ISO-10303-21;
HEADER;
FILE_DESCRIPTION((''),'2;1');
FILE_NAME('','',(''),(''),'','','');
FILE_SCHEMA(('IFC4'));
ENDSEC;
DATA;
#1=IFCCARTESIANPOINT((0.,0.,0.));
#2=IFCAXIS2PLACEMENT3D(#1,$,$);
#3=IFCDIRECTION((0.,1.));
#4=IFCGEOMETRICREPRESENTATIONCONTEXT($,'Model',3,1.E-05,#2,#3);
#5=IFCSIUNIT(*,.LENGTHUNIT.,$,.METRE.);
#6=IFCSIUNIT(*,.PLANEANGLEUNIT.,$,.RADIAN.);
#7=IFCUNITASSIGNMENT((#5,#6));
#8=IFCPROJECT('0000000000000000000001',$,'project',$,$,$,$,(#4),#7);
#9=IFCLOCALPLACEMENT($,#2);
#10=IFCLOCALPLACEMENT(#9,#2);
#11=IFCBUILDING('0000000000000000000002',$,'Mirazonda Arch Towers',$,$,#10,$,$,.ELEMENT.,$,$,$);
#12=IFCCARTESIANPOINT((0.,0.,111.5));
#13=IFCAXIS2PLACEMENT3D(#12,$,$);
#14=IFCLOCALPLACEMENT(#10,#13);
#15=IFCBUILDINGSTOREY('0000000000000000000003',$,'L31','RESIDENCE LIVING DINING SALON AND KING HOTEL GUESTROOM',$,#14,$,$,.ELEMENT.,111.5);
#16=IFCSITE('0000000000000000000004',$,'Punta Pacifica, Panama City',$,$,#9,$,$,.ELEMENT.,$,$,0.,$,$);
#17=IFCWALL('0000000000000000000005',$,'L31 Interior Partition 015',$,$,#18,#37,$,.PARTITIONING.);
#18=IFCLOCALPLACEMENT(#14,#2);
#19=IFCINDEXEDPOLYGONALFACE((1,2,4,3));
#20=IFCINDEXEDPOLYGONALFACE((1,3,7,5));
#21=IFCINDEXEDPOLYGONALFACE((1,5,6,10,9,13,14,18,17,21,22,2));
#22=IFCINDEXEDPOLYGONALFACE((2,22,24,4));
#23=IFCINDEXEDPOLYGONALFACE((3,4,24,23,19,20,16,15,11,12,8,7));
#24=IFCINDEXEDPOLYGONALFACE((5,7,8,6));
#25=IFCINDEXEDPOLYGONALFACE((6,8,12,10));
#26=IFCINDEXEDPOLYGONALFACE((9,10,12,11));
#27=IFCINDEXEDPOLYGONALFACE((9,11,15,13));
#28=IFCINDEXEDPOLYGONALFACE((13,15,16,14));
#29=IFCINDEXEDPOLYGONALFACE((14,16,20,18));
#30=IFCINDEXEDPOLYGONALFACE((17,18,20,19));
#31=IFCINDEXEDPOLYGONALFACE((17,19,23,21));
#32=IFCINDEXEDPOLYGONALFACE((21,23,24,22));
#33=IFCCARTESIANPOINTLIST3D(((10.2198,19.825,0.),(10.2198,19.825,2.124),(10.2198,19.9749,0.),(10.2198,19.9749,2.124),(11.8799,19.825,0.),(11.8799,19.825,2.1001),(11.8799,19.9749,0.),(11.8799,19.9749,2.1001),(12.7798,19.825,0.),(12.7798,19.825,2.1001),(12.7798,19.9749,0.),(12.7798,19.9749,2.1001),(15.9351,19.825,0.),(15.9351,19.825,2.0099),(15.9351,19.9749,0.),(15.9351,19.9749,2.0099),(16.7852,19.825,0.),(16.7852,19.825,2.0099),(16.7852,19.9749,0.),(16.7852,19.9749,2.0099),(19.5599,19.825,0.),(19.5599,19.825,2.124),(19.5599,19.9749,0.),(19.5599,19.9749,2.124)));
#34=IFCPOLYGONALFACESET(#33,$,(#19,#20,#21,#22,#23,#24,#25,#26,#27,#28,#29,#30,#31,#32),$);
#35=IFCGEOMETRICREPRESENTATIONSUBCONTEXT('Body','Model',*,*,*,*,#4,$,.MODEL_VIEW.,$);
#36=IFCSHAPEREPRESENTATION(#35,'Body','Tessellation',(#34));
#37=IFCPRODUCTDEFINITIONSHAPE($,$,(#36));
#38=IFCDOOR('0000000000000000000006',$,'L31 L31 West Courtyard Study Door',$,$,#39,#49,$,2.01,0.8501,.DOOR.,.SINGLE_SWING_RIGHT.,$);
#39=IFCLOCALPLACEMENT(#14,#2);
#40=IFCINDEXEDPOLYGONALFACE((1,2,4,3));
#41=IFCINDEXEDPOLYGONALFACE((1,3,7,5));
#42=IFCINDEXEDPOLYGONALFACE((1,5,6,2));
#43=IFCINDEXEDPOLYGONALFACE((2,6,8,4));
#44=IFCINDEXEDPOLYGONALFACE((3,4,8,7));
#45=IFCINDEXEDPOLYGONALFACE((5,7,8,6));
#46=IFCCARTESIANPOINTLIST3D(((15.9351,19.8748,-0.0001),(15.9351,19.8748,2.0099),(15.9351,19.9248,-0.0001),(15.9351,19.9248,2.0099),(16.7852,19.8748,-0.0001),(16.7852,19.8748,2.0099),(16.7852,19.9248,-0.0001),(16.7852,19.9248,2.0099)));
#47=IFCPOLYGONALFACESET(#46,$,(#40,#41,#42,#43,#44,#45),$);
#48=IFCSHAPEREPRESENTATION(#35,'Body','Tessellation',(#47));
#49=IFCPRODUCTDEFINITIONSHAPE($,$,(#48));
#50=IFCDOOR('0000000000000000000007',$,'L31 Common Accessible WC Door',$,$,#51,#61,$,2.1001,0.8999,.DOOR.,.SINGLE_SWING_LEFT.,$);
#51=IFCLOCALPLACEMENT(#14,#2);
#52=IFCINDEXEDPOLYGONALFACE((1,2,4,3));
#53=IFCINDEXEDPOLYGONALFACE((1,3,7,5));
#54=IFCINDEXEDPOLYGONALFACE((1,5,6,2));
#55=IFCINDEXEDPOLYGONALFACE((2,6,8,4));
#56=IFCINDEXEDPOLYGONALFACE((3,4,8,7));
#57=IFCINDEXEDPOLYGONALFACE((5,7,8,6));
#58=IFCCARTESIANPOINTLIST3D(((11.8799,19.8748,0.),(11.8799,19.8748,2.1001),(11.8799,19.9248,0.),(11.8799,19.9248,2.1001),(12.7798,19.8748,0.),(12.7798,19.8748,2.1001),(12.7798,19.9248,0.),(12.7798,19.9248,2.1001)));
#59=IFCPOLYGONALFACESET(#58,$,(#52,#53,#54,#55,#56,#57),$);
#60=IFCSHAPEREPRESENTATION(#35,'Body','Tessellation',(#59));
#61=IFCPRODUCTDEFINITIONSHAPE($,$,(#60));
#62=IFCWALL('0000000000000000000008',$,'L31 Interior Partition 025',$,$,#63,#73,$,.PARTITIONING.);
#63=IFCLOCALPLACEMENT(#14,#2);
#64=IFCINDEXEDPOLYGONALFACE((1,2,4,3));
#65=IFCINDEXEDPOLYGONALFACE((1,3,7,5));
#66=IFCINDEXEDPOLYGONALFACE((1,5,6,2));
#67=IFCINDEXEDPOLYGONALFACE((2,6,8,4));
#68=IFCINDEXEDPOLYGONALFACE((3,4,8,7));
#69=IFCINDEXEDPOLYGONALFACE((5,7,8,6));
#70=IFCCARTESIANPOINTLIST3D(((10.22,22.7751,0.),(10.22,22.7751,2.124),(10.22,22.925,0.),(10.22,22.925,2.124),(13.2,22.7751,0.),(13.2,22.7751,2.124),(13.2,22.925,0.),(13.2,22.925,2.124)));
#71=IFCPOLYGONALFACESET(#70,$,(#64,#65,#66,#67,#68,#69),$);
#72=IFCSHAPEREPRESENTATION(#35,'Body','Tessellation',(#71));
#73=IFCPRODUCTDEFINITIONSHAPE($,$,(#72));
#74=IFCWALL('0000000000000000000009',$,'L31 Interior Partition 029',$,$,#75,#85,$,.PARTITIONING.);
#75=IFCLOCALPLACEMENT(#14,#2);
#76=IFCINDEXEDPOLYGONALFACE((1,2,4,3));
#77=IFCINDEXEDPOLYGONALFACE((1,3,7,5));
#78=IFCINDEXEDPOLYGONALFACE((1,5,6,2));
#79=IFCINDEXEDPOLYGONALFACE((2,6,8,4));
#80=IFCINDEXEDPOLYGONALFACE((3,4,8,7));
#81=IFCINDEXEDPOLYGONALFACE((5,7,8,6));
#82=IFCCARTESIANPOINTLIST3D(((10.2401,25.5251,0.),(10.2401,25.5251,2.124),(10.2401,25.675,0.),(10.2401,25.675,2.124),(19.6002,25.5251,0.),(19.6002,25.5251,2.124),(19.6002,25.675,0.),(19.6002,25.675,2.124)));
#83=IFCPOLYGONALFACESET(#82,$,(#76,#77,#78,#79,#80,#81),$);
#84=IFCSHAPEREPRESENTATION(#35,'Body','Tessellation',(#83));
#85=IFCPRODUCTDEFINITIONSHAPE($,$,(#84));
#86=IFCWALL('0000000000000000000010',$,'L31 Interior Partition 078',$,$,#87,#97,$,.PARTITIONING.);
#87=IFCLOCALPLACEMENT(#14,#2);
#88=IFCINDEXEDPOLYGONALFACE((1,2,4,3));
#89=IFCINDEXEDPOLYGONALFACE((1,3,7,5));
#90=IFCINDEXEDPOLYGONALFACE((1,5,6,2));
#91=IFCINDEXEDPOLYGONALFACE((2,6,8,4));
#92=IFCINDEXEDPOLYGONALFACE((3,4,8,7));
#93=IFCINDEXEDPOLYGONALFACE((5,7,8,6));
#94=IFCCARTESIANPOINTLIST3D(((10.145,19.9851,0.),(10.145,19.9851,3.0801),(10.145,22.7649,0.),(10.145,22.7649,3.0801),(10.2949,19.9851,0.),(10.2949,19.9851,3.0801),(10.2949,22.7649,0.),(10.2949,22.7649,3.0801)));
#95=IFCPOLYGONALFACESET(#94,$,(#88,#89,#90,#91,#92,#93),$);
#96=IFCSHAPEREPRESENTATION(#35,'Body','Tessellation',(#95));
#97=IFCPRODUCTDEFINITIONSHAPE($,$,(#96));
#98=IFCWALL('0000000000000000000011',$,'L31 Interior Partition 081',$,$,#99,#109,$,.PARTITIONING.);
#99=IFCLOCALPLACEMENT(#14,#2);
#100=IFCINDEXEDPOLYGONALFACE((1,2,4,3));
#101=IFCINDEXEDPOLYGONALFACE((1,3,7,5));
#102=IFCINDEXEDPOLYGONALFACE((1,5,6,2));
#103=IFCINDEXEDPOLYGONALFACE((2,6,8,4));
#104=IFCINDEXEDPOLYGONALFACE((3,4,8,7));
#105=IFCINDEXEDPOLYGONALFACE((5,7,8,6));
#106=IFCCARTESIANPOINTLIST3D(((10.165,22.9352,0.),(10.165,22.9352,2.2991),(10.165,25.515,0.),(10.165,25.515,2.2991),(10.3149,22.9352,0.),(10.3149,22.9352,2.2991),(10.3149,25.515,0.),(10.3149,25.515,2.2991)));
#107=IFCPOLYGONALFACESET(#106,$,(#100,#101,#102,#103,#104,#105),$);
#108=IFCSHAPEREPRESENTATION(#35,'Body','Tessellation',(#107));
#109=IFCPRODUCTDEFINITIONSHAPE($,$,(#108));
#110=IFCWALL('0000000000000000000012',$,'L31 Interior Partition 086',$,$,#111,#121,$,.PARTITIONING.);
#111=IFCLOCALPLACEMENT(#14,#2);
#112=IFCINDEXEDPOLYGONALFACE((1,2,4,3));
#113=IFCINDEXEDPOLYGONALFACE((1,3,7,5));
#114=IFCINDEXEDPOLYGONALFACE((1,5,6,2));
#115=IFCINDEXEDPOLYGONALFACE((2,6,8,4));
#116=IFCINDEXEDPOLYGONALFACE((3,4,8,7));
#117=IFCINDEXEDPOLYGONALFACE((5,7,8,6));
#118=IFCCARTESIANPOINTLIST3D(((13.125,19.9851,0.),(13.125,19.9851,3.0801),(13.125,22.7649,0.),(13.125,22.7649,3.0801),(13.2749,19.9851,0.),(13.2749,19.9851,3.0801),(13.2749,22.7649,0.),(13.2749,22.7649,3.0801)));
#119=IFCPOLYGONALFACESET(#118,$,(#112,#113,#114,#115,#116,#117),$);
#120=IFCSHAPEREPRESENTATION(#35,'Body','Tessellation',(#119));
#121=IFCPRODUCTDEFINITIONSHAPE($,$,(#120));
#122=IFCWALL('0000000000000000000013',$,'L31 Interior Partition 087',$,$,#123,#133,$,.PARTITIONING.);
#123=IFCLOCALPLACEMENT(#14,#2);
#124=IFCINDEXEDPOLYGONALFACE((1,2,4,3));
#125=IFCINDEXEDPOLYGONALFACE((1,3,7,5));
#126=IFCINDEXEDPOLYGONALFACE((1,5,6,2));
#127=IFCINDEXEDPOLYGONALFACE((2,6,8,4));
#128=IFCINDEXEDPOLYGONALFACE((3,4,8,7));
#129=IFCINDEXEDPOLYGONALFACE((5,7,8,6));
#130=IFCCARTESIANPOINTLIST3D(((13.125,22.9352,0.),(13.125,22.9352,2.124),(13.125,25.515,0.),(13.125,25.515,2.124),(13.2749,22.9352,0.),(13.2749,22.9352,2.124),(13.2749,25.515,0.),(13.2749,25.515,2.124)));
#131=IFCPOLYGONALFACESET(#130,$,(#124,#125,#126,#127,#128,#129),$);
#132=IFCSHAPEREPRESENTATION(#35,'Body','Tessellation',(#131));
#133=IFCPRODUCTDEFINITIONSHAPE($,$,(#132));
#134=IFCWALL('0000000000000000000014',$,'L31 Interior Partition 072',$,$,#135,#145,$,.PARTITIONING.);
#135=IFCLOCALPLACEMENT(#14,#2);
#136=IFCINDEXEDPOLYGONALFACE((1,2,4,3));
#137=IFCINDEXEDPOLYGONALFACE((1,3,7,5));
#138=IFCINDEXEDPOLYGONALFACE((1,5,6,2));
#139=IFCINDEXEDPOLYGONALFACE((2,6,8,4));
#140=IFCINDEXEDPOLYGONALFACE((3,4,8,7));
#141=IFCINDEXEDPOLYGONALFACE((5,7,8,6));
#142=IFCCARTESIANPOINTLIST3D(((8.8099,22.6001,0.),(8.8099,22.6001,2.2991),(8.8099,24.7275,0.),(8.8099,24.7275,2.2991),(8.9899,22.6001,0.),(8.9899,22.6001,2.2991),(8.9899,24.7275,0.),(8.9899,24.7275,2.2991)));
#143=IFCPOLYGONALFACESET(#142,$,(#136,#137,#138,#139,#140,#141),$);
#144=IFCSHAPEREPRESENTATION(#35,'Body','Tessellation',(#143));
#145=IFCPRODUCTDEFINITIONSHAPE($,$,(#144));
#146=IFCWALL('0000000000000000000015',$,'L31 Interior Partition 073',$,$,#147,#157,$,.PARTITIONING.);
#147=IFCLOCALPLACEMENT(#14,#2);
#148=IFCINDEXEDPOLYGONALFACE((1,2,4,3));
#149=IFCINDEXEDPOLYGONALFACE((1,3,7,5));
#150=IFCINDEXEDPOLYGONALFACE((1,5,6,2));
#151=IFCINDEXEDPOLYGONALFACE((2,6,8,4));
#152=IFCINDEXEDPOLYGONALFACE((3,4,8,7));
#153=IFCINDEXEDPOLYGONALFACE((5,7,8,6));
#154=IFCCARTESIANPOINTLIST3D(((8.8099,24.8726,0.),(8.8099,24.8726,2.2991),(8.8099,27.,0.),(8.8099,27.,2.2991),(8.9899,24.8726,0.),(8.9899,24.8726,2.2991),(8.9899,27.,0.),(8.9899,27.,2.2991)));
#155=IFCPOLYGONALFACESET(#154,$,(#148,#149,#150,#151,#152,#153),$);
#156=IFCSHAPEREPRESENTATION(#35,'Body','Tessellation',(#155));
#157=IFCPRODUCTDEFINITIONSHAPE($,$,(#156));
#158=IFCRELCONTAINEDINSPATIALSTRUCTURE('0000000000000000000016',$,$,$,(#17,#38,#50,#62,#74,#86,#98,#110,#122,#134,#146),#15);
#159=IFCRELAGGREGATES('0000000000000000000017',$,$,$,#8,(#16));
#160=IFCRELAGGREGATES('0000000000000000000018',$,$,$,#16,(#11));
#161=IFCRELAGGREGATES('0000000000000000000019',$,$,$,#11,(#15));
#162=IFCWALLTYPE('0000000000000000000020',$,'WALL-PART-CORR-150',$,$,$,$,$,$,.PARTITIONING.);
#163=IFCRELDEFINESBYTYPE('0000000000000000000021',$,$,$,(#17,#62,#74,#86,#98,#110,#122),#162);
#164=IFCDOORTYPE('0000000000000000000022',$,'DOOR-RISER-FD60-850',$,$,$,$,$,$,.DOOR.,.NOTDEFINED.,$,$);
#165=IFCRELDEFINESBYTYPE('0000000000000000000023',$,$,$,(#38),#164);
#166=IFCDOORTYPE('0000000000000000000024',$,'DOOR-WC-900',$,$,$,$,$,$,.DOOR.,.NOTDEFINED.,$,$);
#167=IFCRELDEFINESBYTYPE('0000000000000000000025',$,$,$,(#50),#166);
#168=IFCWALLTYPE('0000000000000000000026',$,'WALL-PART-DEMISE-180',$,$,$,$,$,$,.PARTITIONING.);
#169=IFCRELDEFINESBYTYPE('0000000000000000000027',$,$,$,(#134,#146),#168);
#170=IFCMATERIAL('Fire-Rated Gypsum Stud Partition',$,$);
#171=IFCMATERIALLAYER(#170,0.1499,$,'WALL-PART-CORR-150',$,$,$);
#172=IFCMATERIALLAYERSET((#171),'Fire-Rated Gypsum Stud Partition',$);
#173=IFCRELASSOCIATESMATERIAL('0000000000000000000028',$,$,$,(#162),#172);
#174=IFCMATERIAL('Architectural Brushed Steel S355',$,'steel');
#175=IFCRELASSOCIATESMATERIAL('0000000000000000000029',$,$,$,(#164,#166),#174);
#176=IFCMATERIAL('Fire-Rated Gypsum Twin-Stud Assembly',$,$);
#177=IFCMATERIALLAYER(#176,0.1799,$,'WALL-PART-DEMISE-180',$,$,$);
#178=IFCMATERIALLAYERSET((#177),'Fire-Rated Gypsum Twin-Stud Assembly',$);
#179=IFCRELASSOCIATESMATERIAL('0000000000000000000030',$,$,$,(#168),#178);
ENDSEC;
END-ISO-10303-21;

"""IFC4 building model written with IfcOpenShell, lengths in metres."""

from ifc_helpers import new_model, si_unit, direction, frame, frame_2d, origin, place, context, subcontext, project, spatial, rectangle, extrude, material, layer, layer_set, type_object, element, fill, save


model = new_model("IFC4")

# Units and contexts
model_context = context("Model", 3, precision=1e-05, world=origin(), true_north=direction((0.0, 1.0)))
body_context = subcontext(model_context, "Body", "Model", "MODEL_VIEW")
ifc_project = project(units=[si_unit("LENGTHUNIT", "METRE"), si_unit("PLANEANGLEUNIT", "RADIAN")], contexts=[model_context])

# Site, building, storey
site_placement = place(None, origin())
site = spatial("IfcSite", under=ifc_project, at=site_placement, Name="Punta Pacifica, Panama City", CompositionType="ELEMENT", RefElevation=0.0)
building_placement = place(site_placement, origin())
building = spatial("IfcBuilding", under=site, at=building_placement, Name="Mirazonda Arch Towers", CompositionType="ELEMENT")
storey_placement = place(building_placement, frame((0.0, 0.0, 111.5)))
storey = spatial("IfcBuildingStorey", under=building, at=storey_placement, Name="L31", Description="RESIDENCE LIVING DINING SALON AND KING HOTEL GUESTROOM", CompositionType="ELEMENT", Elevation=111.5)

# Shared definitions
ifc_material_1 = material(Name="Architectural Brushed Steel S355", Category="steel")

# Shared definitions
ifc_material_2 = material(Name="Fire-Rated Gypsum Stud Partition")
ifc_layer_1 = layer(ifc_material_2, 0.1499, Name="WALL-PART-CORR-150")
ifc_layer_set_1 = layer_set([ifc_layer_1], Name="Fire-Rated Gypsum Stud Partition")
wall_type_1 = type_object("IfcWallType", Name="WALL-PART-CORR-150", PredefinedType="PARTITIONING", material=ifc_layer_set_1)

# Wall, openings, doors
wall_1_placement = place(storey_placement, frame((10.22, 19.8999, 0.0), z_axis=(0.0, 0.0, 1.0), x_axis=(1.0, 0.0, 0.0)))
wall_1 = element("IfcWall", 1, at=wall_1_placement, inside=storey, type_object=wall_type_1, Name="L31 Interior Partition 015", PredefinedType="PARTITIONING", context=body_context, shape_type="SweptSolid", body=[
    extrude(rectangle(XDim=9.3401, YDim=0.1499, at=frame_2d((4.6699, 0.0))), origin(), (0.0, 0.0, 1.0), 2.124),
])
opening_1_placement = place(wall_1_placement, frame((1.6599, 0.0, 0.0)))
opening_1 = element("IfcOpeningElement", 2, at=opening_1_placement, cuts=wall_1, PredefinedType="OPENING", context=body_context, shape_type="SweptSolid", body=[
    extrude(rectangle(XDim=0.8999, YDim=2.1001, at=frame_2d((0.45, 1.05))), frame((0.0, 0.085, 0.0), z_axis=(0.0, -1.0, 0.0), x_axis=(1.0, 0.0, 0.0)), (0.0, 0.0, 1.0), 0.1699),
])
opening_2_placement = place(wall_1_placement, frame((5.7151, 0.0, 0.0)))
opening_2 = element("IfcOpeningElement", 3, at=opening_2_placement, cuts=wall_1, PredefinedType="OPENING", context=body_context, shape_type="SweptSolid", body=[
    extrude(rectangle(XDim=0.8501, YDim=2.01, at=frame_2d((0.425, 1.0049))), frame((0.0, 0.085, 0.0), z_axis=(0.0, -1.0, 0.0), x_axis=(1.0, 0.0, 0.0)), (0.0, 0.0, 1.0), 0.1699),
])
door_type_1 = type_object("IfcDoorType", Name="DOOR-RISER-FD60-850", OperationType="NOTDEFINED", PredefinedType="DOOR", material=ifc_material_1)
door_1_placement = place(opening_2_placement, origin())
door_1 = element("IfcDoor", 4, at=door_1_placement, inside=storey, type_object=door_type_1, Name="L31 L31 West Courtyard Study Door", OperationType="SINGLE_SWING_RIGHT", OverallHeight=2.01, OverallWidth=0.8501, PredefinedType="DOOR", context=body_context, shape_type="SweptSolid", body=[
    extrude(rectangle(XDim=0.8501, YDim=2.01, at=frame_2d((0.425, 1.0049))), frame((0.0, 0.0249, 0.0), z_axis=(0.0, -1.0, 0.0), x_axis=(1.0, 0.0, 0.0)), (0.0, 0.0, 1.0), 0.05),
])
fill(opening_2, door_1)
door_type_2 = type_object("IfcDoorType", Name="DOOR-WC-900", OperationType="NOTDEFINED", PredefinedType="DOOR", material=ifc_material_1)
door_2_placement = place(opening_1_placement, origin())
door_2 = element("IfcDoor", 5, at=door_2_placement, inside=storey, type_object=door_type_2, Name="L31 Common Accessible WC Door", OperationType="SINGLE_SWING_LEFT", OverallHeight=2.1001, OverallWidth=0.8999, PredefinedType="DOOR", context=body_context, shape_type="SweptSolid", body=[
    extrude(rectangle(XDim=0.8999, YDim=2.1001, at=frame_2d((0.45, 1.05))), frame((0.0, 0.0249, 0.0), z_axis=(0.0, -1.0, 0.0), x_axis=(1.0, 0.0, 0.0)), (0.0, 0.0, 1.0), 0.05),
])
fill(opening_1, door_2)

# Walls
wall_2_placement = place(storey_placement, frame((10.22, 22.8501, 0.0), z_axis=(0.0, 0.0, 1.0), x_axis=(1.0, 0.0, 0.0)))
element("IfcWall", 6, at=wall_2_placement, inside=storey, type_object=wall_type_1, Name="L31 Interior Partition 025", PredefinedType="PARTITIONING", context=body_context, shape_type="SweptSolid", body=[
    extrude(rectangle(XDim=2.98, YDim=0.1499, at=frame_2d((1.49, 0.0))), origin(), (0.0, 0.0, 1.0), 2.124),
])
wall_3_placement = place(storey_placement, frame((10.24, 25.6001, 0.0), z_axis=(0.0, 0.0, 1.0), x_axis=(1.0, 0.0, 0.0)))
element("IfcWall", 7, at=wall_3_placement, inside=storey, type_object=wall_type_1, Name="L31 Interior Partition 029", PredefinedType="PARTITIONING", context=body_context, shape_type="SweptSolid", body=[
    extrude(rectangle(XDim=9.3601, YDim=0.1499, at=frame_2d((4.6802, 0.0))), origin(), (0.0, 0.0, 1.0), 2.124),
])
wall_4_placement = place(storey_placement, frame((10.22, 19.9851, 0.0), z_axis=(0.0, 0.0, 1.0), x_axis=(0.0, 1.0, 0.0)))
element("IfcWall", 8, at=wall_4_placement, inside=storey, type_object=wall_type_1, Name="L31 Interior Partition 078", PredefinedType="PARTITIONING", context=body_context, shape_type="SweptSolid", body=[
    extrude(rectangle(XDim=2.7798, YDim=0.1499, at=frame_2d((1.3899, 0.0))), origin(), (0.0, 0.0, 1.0), 3.0801),
])
wall_5_placement = place(storey_placement, frame((10.24, 22.9351, 0.0), z_axis=(0.0, 0.0, 1.0), x_axis=(0.0, 1.0, 0.0)))
element("IfcWall", 9, at=wall_5_placement, inside=storey, type_object=wall_type_1, Name="L31 Interior Partition 081", PredefinedType="PARTITIONING", context=body_context, shape_type="SweptSolid", body=[
    extrude(rectangle(XDim=2.5798, YDim=0.1499, at=frame_2d((1.29, 0.0))), origin(), (0.0, 0.0, 1.0), 2.2991),
])
wall_6_placement = place(storey_placement, frame((13.2, 19.9851, 0.0), z_axis=(0.0, 0.0, 1.0), x_axis=(0.0, 1.0, 0.0)))
element("IfcWall", 10, at=wall_6_placement, inside=storey, type_object=wall_type_1, Name="L31 Interior Partition 086", PredefinedType="PARTITIONING", context=body_context, shape_type="SweptSolid", body=[
    extrude(rectangle(XDim=2.7798, YDim=0.1499, at=frame_2d((1.3899, 0.0))), origin(), (0.0, 0.0, 1.0), 3.0801),
])
wall_7_placement = place(storey_placement, frame((13.2, 22.9351, 0.0), z_axis=(0.0, 0.0, 1.0), x_axis=(0.0, 1.0, 0.0)))
element("IfcWall", 11, at=wall_7_placement, inside=storey, type_object=wall_type_1, Name="L31 Interior Partition 087", PredefinedType="PARTITIONING", context=body_context, shape_type="SweptSolid", body=[
    extrude(rectangle(XDim=2.5798, YDim=0.1499, at=frame_2d((1.29, 0.0))), origin(), (0.0, 0.0, 1.0), 2.124),
])
ifc_material_3 = material(Name="Fire-Rated Gypsum Twin-Stud Assembly")
ifc_layer_2 = layer(ifc_material_3, 0.1799, Name="WALL-PART-DEMISE-180")
ifc_layer_set_2 = layer_set([ifc_layer_2], Name="Fire-Rated Gypsum Twin-Stud Assembly")
wall_type_2 = type_object("IfcWallType", Name="WALL-PART-DEMISE-180", PredefinedType="PARTITIONING", material=ifc_layer_set_2)
for number, where, z_axis, x_axis, name in (
    (12, (8.8999, 22.6001, 0.0), (0.0, 0.0, 1.0), (0.0, 1.0, 0.0), "L31 Interior Partition 072"),
    (13, (8.8999, 24.8726, 0.0), (0.0, 0.0, 1.0), (0.0, 1.0, 0.0), "L31 Interior Partition 073"),
):
    element("IfcWall", number, at=place(storey_placement, frame(where, z_axis=z_axis, x_axis=x_axis)), inside=storey, type_object=wall_type_2, Name=name, PredefinedType="PARTITIONING", context=body_context, shape_type="SweptSolid", body=[
        extrude(rectangle(XDim=2.1274, YDim=0.1799, at=frame_2d((1.0637, 0.0))), origin(), (0.0, 0.0, 1.0), 2.2991),
    ])

save(model, "model.ifc")
